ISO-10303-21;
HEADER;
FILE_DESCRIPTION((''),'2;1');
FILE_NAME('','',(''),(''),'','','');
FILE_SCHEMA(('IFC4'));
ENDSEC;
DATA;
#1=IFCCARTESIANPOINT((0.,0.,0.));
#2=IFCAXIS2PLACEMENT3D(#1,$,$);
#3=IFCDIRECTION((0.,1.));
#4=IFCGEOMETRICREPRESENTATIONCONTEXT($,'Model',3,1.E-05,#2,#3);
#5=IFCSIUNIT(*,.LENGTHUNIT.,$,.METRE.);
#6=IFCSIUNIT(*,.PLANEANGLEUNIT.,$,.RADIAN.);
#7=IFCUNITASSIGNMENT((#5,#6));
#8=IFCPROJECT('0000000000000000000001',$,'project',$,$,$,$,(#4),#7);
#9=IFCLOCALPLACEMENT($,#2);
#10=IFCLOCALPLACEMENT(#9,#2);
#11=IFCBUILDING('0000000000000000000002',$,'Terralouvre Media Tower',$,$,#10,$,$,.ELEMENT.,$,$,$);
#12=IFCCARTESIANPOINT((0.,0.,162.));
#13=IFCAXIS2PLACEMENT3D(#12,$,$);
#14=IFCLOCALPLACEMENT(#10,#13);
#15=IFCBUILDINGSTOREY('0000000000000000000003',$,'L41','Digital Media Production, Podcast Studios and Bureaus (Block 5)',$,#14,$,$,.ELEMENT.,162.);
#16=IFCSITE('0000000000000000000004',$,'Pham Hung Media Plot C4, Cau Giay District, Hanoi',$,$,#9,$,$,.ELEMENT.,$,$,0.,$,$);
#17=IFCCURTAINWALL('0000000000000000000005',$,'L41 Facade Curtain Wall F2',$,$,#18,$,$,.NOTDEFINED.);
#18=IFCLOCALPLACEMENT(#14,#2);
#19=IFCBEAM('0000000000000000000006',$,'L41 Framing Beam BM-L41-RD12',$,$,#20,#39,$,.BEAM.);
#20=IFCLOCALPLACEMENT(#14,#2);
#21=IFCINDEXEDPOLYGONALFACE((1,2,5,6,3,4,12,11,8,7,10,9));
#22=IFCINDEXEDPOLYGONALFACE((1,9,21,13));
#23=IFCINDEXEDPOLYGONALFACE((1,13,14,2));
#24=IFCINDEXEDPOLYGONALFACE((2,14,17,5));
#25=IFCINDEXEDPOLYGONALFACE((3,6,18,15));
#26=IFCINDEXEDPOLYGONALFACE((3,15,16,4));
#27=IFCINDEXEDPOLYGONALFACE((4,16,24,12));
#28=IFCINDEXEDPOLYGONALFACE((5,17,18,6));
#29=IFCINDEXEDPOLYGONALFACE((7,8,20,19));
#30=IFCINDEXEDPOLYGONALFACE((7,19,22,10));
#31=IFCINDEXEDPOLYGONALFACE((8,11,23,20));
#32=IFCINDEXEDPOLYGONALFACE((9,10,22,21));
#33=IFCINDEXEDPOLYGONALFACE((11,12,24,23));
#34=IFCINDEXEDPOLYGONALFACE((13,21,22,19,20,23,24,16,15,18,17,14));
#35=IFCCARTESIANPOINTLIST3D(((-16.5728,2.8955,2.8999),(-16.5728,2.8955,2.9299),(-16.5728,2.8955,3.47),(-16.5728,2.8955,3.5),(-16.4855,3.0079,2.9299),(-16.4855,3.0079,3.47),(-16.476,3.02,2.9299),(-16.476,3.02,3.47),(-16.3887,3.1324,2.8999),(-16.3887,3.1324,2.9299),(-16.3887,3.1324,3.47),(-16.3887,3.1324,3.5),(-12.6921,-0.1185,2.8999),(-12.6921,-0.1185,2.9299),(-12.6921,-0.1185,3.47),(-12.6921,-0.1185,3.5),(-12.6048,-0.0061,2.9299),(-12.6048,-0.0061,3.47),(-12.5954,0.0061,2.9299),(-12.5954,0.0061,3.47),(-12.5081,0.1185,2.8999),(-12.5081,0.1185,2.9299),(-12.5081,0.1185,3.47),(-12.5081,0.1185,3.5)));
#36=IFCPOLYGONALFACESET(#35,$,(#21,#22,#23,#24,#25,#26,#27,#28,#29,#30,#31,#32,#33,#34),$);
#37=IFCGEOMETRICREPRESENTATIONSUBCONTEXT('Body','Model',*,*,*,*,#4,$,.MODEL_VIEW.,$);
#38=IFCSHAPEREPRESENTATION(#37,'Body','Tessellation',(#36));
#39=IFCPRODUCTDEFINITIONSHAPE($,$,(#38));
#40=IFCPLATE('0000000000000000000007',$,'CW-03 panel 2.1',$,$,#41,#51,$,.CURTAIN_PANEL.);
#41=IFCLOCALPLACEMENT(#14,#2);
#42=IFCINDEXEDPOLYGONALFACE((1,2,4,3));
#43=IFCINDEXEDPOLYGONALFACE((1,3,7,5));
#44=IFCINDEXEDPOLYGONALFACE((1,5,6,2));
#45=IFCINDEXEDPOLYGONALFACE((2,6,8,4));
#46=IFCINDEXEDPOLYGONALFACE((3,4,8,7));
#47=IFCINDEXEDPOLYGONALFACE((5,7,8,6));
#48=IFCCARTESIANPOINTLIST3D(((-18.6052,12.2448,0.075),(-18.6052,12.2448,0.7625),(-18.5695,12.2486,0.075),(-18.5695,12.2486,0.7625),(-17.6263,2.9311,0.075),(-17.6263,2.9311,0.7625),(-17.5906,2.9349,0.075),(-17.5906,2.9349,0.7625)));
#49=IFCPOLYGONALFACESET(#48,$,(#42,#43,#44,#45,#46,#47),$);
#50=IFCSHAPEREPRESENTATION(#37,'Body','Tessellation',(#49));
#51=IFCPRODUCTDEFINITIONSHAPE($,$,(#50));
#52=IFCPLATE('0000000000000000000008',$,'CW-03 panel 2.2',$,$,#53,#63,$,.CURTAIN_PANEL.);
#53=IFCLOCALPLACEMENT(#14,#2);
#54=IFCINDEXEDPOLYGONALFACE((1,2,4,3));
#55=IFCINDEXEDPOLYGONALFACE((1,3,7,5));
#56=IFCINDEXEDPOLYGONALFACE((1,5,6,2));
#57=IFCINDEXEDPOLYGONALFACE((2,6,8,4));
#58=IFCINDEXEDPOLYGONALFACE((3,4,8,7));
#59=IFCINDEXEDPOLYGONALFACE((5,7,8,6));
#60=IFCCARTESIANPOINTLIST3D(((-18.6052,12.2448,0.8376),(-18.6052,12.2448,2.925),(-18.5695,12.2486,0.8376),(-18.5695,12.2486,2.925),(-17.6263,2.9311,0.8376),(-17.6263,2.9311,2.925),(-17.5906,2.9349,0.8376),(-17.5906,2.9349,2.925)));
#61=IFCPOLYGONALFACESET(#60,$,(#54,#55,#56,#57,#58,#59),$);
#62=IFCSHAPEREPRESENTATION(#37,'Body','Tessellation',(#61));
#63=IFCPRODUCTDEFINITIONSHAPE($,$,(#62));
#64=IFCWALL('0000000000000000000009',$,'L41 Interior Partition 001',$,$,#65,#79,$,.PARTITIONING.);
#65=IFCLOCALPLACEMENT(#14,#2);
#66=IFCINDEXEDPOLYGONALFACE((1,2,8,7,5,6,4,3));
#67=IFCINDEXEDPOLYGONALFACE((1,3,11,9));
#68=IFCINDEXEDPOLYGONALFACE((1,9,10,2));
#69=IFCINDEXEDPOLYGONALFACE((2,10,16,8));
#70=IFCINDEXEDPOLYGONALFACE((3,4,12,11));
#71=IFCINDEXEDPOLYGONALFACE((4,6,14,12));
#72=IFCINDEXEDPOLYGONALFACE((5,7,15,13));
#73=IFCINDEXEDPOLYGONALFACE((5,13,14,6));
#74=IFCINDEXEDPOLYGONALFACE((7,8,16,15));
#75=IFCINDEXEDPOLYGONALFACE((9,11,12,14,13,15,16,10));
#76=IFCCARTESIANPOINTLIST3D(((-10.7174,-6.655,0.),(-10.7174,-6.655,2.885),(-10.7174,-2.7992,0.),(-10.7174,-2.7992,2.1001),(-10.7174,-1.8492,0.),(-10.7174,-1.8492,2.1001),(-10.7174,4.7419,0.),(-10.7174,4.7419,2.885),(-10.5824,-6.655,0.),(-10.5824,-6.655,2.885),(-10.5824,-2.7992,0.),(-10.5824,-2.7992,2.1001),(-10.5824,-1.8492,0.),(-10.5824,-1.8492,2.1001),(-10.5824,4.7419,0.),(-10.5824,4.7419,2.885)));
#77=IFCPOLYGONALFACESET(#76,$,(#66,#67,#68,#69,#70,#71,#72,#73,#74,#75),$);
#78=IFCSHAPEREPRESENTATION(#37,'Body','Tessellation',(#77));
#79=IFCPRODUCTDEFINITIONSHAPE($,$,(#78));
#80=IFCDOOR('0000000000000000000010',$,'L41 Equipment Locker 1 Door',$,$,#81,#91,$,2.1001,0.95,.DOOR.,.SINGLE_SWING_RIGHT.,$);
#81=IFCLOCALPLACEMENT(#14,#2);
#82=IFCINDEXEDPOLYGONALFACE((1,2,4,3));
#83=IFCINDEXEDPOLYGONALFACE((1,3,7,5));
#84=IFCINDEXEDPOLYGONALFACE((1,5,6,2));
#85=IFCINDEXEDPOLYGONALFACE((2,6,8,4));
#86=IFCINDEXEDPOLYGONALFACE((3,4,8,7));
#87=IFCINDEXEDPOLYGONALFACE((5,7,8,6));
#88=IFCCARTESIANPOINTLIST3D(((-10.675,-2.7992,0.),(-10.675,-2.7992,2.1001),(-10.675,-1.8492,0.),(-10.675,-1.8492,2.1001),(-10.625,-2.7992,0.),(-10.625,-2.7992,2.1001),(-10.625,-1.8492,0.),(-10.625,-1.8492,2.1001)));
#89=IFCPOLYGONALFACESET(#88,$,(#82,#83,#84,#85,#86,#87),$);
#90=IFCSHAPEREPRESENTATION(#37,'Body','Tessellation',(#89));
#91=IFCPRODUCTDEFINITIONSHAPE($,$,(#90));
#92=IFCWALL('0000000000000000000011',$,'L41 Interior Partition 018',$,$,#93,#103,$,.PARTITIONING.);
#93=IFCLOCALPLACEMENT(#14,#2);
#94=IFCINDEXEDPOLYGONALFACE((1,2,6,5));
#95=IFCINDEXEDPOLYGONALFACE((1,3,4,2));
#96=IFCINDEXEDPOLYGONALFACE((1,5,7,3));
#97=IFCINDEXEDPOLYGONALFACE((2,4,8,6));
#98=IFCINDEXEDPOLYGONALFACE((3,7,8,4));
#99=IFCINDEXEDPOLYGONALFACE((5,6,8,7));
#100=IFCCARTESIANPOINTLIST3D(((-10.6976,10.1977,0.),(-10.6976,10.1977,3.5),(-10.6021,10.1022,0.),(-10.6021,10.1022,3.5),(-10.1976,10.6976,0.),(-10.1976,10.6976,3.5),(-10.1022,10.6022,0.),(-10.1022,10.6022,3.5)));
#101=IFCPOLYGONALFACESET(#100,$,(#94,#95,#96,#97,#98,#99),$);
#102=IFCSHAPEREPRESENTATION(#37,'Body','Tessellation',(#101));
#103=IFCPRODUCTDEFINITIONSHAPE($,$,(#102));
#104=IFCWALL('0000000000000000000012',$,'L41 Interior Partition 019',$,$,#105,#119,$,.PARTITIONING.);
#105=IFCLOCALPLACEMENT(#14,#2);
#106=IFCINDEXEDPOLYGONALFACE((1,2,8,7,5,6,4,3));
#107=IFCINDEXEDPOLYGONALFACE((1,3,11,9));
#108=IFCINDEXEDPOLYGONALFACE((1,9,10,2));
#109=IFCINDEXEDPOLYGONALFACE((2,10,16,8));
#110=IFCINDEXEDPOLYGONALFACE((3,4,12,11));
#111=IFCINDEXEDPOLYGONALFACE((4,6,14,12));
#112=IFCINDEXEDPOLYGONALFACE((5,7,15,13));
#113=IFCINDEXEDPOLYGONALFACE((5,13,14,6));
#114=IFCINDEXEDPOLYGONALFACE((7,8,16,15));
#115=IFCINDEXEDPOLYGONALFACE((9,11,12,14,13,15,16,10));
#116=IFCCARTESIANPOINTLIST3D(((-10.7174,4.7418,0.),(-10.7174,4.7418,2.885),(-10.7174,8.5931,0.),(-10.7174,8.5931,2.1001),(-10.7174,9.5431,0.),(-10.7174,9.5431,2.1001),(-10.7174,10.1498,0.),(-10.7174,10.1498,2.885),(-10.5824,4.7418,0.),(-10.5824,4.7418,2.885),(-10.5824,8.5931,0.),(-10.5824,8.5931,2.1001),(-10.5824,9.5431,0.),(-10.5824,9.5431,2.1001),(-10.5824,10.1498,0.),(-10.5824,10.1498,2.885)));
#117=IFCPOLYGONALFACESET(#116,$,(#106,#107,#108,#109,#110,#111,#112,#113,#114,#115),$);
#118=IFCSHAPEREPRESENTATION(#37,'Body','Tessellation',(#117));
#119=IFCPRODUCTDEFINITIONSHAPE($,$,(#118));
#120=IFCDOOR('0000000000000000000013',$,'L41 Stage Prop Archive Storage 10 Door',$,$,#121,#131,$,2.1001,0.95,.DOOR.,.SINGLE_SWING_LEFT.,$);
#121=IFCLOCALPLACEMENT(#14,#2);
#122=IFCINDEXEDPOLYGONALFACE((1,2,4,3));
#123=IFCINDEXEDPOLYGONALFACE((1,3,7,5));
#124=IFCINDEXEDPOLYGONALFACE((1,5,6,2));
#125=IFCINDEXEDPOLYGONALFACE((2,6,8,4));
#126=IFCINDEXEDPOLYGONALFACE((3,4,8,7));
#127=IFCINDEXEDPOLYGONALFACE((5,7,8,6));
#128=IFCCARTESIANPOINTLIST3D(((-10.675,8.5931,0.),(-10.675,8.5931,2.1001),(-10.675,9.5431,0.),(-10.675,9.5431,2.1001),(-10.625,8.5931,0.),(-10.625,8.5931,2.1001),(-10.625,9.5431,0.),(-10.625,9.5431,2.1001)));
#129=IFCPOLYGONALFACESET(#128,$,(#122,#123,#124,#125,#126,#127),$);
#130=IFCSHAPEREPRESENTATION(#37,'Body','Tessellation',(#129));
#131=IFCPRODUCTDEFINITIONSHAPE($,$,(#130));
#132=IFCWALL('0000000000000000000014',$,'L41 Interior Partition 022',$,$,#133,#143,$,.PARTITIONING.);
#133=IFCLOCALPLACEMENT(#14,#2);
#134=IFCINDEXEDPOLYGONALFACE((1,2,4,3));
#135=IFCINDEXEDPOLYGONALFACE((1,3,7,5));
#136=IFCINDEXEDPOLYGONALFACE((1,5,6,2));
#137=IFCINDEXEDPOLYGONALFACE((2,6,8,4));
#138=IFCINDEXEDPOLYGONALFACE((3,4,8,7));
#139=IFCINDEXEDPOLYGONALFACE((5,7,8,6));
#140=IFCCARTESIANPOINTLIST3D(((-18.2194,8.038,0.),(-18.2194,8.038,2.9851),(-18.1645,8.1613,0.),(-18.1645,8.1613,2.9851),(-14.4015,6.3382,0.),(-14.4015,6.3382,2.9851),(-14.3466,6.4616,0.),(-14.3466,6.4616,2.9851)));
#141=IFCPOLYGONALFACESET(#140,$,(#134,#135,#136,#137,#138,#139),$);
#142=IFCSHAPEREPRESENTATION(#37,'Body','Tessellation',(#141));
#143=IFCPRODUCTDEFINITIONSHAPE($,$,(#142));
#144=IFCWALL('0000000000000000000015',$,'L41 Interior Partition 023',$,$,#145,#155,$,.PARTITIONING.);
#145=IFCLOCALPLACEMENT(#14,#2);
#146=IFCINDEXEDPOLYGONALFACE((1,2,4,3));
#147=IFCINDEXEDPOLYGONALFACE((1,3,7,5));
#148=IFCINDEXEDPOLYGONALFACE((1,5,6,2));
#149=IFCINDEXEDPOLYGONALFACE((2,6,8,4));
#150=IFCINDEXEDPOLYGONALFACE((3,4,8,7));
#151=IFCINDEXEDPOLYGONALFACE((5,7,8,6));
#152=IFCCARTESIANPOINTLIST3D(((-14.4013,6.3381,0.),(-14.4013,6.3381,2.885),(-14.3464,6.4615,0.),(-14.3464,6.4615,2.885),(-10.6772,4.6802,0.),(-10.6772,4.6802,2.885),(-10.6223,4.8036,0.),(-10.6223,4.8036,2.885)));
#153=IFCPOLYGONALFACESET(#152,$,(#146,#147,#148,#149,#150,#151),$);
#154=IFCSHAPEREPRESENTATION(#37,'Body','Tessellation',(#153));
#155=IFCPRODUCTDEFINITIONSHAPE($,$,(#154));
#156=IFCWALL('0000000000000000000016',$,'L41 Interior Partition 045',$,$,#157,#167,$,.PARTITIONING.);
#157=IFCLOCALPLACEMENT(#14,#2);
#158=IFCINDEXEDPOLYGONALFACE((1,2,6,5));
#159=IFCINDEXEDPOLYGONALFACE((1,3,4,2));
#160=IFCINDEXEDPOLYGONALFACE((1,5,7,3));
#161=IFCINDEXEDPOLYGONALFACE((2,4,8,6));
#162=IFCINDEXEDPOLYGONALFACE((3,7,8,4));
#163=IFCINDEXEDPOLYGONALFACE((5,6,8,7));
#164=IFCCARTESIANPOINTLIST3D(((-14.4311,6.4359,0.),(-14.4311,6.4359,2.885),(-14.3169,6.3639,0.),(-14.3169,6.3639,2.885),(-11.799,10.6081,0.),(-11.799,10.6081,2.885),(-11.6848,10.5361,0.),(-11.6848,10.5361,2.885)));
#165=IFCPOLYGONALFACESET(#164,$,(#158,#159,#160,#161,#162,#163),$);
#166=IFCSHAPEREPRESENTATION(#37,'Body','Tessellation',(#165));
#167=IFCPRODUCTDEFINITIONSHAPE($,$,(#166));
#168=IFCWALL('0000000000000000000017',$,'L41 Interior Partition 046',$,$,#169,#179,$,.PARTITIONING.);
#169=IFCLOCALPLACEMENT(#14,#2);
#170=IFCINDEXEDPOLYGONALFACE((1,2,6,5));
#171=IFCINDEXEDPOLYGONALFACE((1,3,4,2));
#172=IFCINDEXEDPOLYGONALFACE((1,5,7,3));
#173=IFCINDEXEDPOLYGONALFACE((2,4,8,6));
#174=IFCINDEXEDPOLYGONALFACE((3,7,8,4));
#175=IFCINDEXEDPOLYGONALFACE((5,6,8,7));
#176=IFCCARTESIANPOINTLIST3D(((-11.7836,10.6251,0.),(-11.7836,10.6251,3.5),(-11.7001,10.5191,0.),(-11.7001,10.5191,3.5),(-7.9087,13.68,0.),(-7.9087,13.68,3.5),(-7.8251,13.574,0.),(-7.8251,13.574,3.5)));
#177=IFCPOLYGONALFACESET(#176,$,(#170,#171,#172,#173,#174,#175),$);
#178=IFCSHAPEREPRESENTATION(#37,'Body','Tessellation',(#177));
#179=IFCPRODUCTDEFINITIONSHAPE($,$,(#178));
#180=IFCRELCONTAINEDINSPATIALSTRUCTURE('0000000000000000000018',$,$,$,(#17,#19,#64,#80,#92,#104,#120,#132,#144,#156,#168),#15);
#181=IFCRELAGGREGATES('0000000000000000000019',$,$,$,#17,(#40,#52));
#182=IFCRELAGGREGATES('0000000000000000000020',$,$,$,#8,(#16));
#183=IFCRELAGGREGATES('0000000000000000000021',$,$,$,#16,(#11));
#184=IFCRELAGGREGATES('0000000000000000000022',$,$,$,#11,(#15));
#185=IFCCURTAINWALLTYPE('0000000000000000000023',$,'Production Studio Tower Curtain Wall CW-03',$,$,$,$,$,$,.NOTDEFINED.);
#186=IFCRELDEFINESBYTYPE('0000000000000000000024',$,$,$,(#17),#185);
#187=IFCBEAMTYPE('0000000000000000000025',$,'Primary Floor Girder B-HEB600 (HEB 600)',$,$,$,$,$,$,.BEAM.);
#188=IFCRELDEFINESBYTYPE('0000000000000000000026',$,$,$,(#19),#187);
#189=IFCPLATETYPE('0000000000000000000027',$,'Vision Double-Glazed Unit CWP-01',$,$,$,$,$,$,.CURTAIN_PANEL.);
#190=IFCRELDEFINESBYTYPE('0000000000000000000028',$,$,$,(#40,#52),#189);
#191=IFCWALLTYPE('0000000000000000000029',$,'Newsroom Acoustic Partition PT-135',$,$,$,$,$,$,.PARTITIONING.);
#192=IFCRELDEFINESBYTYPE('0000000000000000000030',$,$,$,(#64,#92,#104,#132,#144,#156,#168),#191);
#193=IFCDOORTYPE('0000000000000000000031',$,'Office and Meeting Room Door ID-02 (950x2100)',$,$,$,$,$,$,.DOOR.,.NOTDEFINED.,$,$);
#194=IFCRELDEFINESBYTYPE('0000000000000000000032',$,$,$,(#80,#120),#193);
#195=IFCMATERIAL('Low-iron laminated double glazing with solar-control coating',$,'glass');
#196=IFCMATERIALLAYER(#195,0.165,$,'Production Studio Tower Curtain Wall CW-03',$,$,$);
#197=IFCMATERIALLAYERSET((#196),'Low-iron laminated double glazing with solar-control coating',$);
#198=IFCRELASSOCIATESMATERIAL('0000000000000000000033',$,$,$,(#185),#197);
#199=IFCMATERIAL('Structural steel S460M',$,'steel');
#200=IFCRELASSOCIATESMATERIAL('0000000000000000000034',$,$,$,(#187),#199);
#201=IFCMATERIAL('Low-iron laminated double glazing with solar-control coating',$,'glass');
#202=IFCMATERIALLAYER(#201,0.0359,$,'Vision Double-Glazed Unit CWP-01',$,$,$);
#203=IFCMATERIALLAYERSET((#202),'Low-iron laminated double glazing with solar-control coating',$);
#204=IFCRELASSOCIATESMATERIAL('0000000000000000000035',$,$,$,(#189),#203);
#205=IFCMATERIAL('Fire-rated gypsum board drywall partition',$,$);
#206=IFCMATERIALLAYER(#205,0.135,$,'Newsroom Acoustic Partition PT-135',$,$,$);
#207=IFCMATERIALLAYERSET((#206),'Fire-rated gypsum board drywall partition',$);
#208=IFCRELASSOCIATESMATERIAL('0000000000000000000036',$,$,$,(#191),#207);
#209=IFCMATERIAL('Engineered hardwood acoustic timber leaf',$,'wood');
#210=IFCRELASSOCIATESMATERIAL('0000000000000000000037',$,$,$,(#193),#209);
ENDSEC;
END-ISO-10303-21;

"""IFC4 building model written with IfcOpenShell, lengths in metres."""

from ifc_helpers import new_model, si_unit, direction, frame, frame_2d, origin, origin_2d, place, context, subcontext, project, spatial, rectangle, i_section, extrude, material, layer, layer_set, material_profile, profile_set, type_object, element, fill, aggregate, save


model = new_model("IFC4")

# Units and contexts
model_context = context("Model", 3, precision=1e-05, world=origin(), true_north=direction((0.0, 1.0)))
body_context = subcontext(model_context, "Body", "Model", "MODEL_VIEW")
ifc_project = project(units=[si_unit("LENGTHUNIT", "METRE"), si_unit("PLANEANGLEUNIT", "RADIAN")], contexts=[model_context])

# Site, building, storey
site_placement = place(None, origin())
site = spatial("IfcSite", under=ifc_project, at=site_placement, Name="Pham Hung Media Plot C4, Cau Giay District, Hanoi", CompositionType="ELEMENT", RefElevation=0.0)
building_placement = place(site_placement, origin())
building = spatial("IfcBuilding", under=site, at=building_placement, Name="Terralouvre Media Tower", CompositionType="ELEMENT")
storey_placement = place(building_placement, frame((0.0, 0.0, 162.0)))
storey = spatial("IfcBuildingStorey", under=building, at=storey_placement, Name="L41", Description="Digital Media Production, Podcast Studios and Bureaus (Block 5)", CompositionType="ELEMENT", Elevation=162.0)

# Curtain wall
ifc_material_1 = material(Name="Low-iron laminated double glazing with solar-control coating", Category="glass")
ifc_layer_1 = layer(ifc_material_1, 0.165, Name="Production Studio Tower Curtain Wall CW-03")
ifc_layer_set_1 = layer_set([ifc_layer_1], Name="Low-iron laminated double glazing with solar-control coating")
curtain_wall_type = type_object("IfcCurtainWallType", Name="Production Studio Tower Curtain Wall CW-03", PredefinedType="NOTDEFINED", material=ifc_layer_set_1)
curtain_wall_placement = place(storey_placement, origin())
curtain_wall = element("IfcCurtainWall", 1, at=curtain_wall_placement, inside=storey, type_object=curtain_wall_type, Name="L41 Facade Curtain Wall F2", PredefinedType="NOTDEFINED")

# Beam
ifc_material_2 = material(Name="Structural steel S460M", Category="steel")
ifc_material_profile_1 = material_profile(ifc_material_2, i_section(OverallWidth=0.3, OverallDepth=0.6001, WebThickness=0.0154, FlangeThickness=0.03, at=origin_2d()), Name="HEB 600")
ifc_profile_set_1 = profile_set([ifc_material_profile_1], Name="Structural steel S460M")
beam_type_1 = type_object("IfcBeamType", Name="Primary Floor Girder B-HEB600 (HEB 600)", PredefinedType="BEAM", material=ifc_profile_set_1)
beam_1_placement = place(storey_placement, frame((-12.6001, 0.0, 3.2), z_axis=(-0.78978, 0.61339, 0.0), x_axis=(-0.61339, -0.78978, 0.0)))
element("IfcBeam", 2, at=beam_1_placement, inside=storey, type_object=beam_type_1, Name="L41 Framing Beam BM-L41-RD12", PredefinedType="BEAM", context=body_context, shape_type="SweptSolid", body=[
    extrude(i_section(OverallWidth=0.3, OverallDepth=0.6001, WebThickness=0.0154, FlangeThickness=0.03, at=origin_2d()), origin(), (0.0, 0.0, 1.0), 4.9136),
])

# Plates
ifc_material_3 = material(Name="Low-iron laminated double glazing with solar-control coating", Category="glass")
ifc_layer_2 = layer(ifc_material_3, 0.0359, Name="Vision Double-Glazed Unit CWP-01")
ifc_layer_set_2 = layer_set([ifc_layer_2], Name="Low-iron laminated double glazing with solar-control coating")
plate_type = type_object("IfcPlateType", Name="Vision Double-Glazed Unit CWP-01", PredefinedType="CURTAIN_PANEL", material=ifc_layer_set_2)
plate_1_placement = place(storey_placement, frame((-18.0979, 7.5898, 0.075), z_axis=(0.0, 0.0, 1.0), x_axis=(0.104528, -0.994522, 0.0)))
plate_1 = element("IfcPlate", 3, at=plate_1_placement, type_object=plate_type, Name="CW-03 panel 2.1", PredefinedType="CURTAIN_PANEL", context=body_context, shape_type="SweptSolid", body=[
    extrude(rectangle(XDim=9.365, YDim=0.0359, at=origin_2d()), origin(), (0.0, 0.0, 1.0), 0.6875),
])
plate_2_placement = place(storey_placement, frame((-18.0979, 7.5898, 0.8376), z_axis=(0.0, 0.0, 1.0), x_axis=(0.104528, -0.994522, 0.0)))
plate_2 = element("IfcPlate", 4, at=plate_2_placement, type_object=plate_type, Name="CW-03 panel 2.2", PredefinedType="CURTAIN_PANEL", context=body_context, shape_type="SweptSolid", body=[
    extrude(rectangle(XDim=9.365, YDim=0.0359, at=origin_2d()), origin(), (0.0, 0.0, 1.0), 2.0874),
])
aggregate(curtain_wall, [plate_1, plate_2])

# Wall, opening, door
ifc_material_4 = material(Name="Fire-rated gypsum board drywall partition")
ifc_layer_3 = layer(ifc_material_4, 0.135, Name="Newsroom Acoustic Partition PT-135")
ifc_layer_set_3 = layer_set([ifc_layer_3], Name="Fire-rated gypsum board drywall partition")
wall_type = type_object("IfcWallType", Name="Newsroom Acoustic Partition PT-135", PredefinedType="PARTITIONING", material=ifc_layer_set_3)
wall_1_placement = place(storey_placement, frame((-10.6499, 4.7419, 0.0), z_axis=(0.0, 0.0, 1.0), x_axis=(0.0, -1.0, 0.0)))
wall_1 = element("IfcWall", 5, at=wall_1_placement, inside=storey, type_object=wall_type, Name="L41 Interior Partition 001", PredefinedType="PARTITIONING", context=body_context, shape_type="SweptSolid", body=[
    extrude(rectangle(XDim=11.397, YDim=0.135, at=frame_2d((5.6985, 0.0))), origin(), (0.0, 0.0, 1.0), 2.885),
])
opening_1_placement = place(wall_1_placement, frame((6.5911, 0.0, 0.0)))
opening_1 = element("IfcOpeningElement", 6, at=opening_1_placement, cuts=wall_1, PredefinedType="OPENING", context=body_context, shape_type="SweptSolid", body=[
    extrude(rectangle(XDim=0.95, YDim=2.1001, at=frame_2d((0.4751, 1.05))), frame((0.0, 0.0774, 0.0), z_axis=(0.0, -1.0, 0.0), x_axis=(1.0, 0.0, 0.0)), (0.0, 0.0, 1.0), 0.155),
])
ifc_material_5 = material(Name="Engineered hardwood acoustic timber leaf", Category="wood")
door_type = type_object("IfcDoorType", Name="Office and Meeting Room Door ID-02 (950x2100)", OperationType="NOTDEFINED", PredefinedType="DOOR", material=ifc_material_5)
door_1_placement = place(opening_1_placement, origin())
door_1 = element("IfcDoor", 7, at=door_1_placement, inside=storey, type_object=door_type, Name="L41 Equipment Locker 1 Door", OperationType="SINGLE_SWING_RIGHT", OverallHeight=2.1001, OverallWidth=0.95, PredefinedType="DOOR", context=body_context, shape_type="SweptSolid", body=[
    extrude(rectangle(XDim=0.95, YDim=2.1001, at=frame_2d((0.4751, 1.05))), frame((0.0, 0.0249, 0.0), z_axis=(0.0, -1.0, 0.0), x_axis=(1.0, 0.0, 0.0)), (0.0, 0.0, 1.0), 0.05),
])
fill(opening_1, door_1)

# Wall
wall_2_placement = place(storey_placement, frame((-10.1499, 10.6499, 0.0), z_axis=(0.0, 0.0, 1.0), x_axis=(-0.707107, -0.707107, 0.0)))
element("IfcWall", 8, at=wall_2_placement, inside=storey, type_object=wall_type, Name="L41 Interior Partition 018", PredefinedType="PARTITIONING", context=body_context, shape_type="SweptSolid", body=[
    extrude(rectangle(XDim=0.707, YDim=0.135, at=frame_2d((0.3535, 0.0))), origin(), (0.0, 0.0, 1.0), 3.5),
])

# Wall, opening, door
wall_3_placement = place(storey_placement, frame((-10.6499, 10.1499, 0.0), z_axis=(0.0, 0.0, 1.0), x_axis=(0.0, -1.0, 0.0)))
wall_3 = element("IfcWall", 9, at=wall_3_placement, inside=storey, type_object=wall_type, Name="L41 Interior Partition 019", PredefinedType="PARTITIONING", context=body_context, shape_type="SweptSolid", body=[
    extrude(rectangle(XDim=5.408, YDim=0.135, at=frame_2d((2.7041, 0.0))), origin(), (0.0, 0.0, 1.0), 2.885),
])
opening_2_placement = place(wall_3_placement, frame((0.6067, 0.0, 0.0)))
opening_2 = element("IfcOpeningElement", 10, at=opening_2_placement, cuts=wall_3, PredefinedType="OPENING", context=body_context, shape_type="SweptSolid", body=[
    extrude(rectangle(XDim=0.95, YDim=2.1001, at=frame_2d((0.4751, 1.05))), frame((0.0, 0.0774, 0.0), z_axis=(0.0, -1.0, 0.0), x_axis=(1.0, 0.0, 0.0)), (0.0, 0.0, 1.0), 0.155),
])
door_2_placement = place(opening_2_placement, origin())
door_2 = element("IfcDoor", 11, at=door_2_placement, inside=storey, type_object=door_type, Name="L41 Stage Prop Archive Storage 10 Door", OperationType="SINGLE_SWING_LEFT", OverallHeight=2.1001, OverallWidth=0.95, PredefinedType="DOOR", context=body_context, shape_type="SweptSolid", body=[
    extrude(rectangle(XDim=0.95, YDim=2.1001, at=frame_2d((0.4751, 1.05))), frame((0.0, 0.0249, 0.0), z_axis=(0.0, -1.0, 0.0), x_axis=(1.0, 0.0, 0.0)), (0.0, 0.0, 1.0), 0.05),
])
fill(opening_2, door_2)

# Walls
wall_4_placement = place(storey_placement, frame((-14.374, 6.3999, 0.0), z_axis=(0.0, 0.0, 1.0), x_axis=(-0.913556, 0.406713, 0.0)))
element("IfcWall", 12, at=wall_4_placement, inside=storey, type_object=wall_type, Name="L41 Interior Partition 022", PredefinedType="PARTITIONING", context=body_context, shape_type="SweptSolid", body=[
    extrude(rectangle(XDim=4.1792, YDim=0.135, at=frame_2d((2.0896, 0.0))), origin(), (0.0, 0.0, 1.0), 2.9851),
])
wall_5_placement = place(storey_placement, frame((-10.6499, 4.7419, 0.0), z_axis=(0.0, 0.0, 1.0), x_axis=(-0.913557, 0.406711, 0.0)))
element("IfcWall", 13, at=wall_5_placement, inside=storey, type_object=wall_type, Name="L41 Interior Partition 023", PredefinedType="PARTITIONING", context=body_context, shape_type="SweptSolid", body=[
    extrude(rectangle(XDim=4.0764, YDim=0.135, at=frame_2d((2.0381, 0.0))), origin(), (0.0, 0.0, 1.0), 2.885),
])
wall_6_placement = place(storey_placement, frame((-14.374, 6.3999, 0.0), z_axis=(0.0, 0.0, 1.0), x_axis=(0.533567, 0.845758, 0.0)))
element("IfcWall", 14, at=wall_6_placement, inside=storey, type_object=wall_type, Name="L41 Interior Partition 045", PredefinedType="PARTITIONING", context=body_context, shape_type="SweptSolid", body=[
    extrude(rectangle(XDim=4.9331, YDim=0.135, at=frame_2d((2.4666, 0.0))), origin(), (0.0, 0.0, 1.0), 2.885),
])
wall_7_placement = place(storey_placement, frame((-11.7419, 10.572, 0.0), z_axis=(0.0, 0.0, 1.0), x_axis=(0.785304, 0.61911, 0.0)))
element("IfcWall", 15, at=wall_7_placement, inside=storey, type_object=wall_type, Name="L41 Interior Partition 046", PredefinedType="PARTITIONING", context=body_context, shape_type="SweptSolid", body=[
    extrude(rectangle(XDim=4.9343, YDim=0.135, at=frame_2d((2.4673, 0.0))), origin(), (0.0, 0.0, 1.0), 3.5),
])

save(model, "model.ifc")
